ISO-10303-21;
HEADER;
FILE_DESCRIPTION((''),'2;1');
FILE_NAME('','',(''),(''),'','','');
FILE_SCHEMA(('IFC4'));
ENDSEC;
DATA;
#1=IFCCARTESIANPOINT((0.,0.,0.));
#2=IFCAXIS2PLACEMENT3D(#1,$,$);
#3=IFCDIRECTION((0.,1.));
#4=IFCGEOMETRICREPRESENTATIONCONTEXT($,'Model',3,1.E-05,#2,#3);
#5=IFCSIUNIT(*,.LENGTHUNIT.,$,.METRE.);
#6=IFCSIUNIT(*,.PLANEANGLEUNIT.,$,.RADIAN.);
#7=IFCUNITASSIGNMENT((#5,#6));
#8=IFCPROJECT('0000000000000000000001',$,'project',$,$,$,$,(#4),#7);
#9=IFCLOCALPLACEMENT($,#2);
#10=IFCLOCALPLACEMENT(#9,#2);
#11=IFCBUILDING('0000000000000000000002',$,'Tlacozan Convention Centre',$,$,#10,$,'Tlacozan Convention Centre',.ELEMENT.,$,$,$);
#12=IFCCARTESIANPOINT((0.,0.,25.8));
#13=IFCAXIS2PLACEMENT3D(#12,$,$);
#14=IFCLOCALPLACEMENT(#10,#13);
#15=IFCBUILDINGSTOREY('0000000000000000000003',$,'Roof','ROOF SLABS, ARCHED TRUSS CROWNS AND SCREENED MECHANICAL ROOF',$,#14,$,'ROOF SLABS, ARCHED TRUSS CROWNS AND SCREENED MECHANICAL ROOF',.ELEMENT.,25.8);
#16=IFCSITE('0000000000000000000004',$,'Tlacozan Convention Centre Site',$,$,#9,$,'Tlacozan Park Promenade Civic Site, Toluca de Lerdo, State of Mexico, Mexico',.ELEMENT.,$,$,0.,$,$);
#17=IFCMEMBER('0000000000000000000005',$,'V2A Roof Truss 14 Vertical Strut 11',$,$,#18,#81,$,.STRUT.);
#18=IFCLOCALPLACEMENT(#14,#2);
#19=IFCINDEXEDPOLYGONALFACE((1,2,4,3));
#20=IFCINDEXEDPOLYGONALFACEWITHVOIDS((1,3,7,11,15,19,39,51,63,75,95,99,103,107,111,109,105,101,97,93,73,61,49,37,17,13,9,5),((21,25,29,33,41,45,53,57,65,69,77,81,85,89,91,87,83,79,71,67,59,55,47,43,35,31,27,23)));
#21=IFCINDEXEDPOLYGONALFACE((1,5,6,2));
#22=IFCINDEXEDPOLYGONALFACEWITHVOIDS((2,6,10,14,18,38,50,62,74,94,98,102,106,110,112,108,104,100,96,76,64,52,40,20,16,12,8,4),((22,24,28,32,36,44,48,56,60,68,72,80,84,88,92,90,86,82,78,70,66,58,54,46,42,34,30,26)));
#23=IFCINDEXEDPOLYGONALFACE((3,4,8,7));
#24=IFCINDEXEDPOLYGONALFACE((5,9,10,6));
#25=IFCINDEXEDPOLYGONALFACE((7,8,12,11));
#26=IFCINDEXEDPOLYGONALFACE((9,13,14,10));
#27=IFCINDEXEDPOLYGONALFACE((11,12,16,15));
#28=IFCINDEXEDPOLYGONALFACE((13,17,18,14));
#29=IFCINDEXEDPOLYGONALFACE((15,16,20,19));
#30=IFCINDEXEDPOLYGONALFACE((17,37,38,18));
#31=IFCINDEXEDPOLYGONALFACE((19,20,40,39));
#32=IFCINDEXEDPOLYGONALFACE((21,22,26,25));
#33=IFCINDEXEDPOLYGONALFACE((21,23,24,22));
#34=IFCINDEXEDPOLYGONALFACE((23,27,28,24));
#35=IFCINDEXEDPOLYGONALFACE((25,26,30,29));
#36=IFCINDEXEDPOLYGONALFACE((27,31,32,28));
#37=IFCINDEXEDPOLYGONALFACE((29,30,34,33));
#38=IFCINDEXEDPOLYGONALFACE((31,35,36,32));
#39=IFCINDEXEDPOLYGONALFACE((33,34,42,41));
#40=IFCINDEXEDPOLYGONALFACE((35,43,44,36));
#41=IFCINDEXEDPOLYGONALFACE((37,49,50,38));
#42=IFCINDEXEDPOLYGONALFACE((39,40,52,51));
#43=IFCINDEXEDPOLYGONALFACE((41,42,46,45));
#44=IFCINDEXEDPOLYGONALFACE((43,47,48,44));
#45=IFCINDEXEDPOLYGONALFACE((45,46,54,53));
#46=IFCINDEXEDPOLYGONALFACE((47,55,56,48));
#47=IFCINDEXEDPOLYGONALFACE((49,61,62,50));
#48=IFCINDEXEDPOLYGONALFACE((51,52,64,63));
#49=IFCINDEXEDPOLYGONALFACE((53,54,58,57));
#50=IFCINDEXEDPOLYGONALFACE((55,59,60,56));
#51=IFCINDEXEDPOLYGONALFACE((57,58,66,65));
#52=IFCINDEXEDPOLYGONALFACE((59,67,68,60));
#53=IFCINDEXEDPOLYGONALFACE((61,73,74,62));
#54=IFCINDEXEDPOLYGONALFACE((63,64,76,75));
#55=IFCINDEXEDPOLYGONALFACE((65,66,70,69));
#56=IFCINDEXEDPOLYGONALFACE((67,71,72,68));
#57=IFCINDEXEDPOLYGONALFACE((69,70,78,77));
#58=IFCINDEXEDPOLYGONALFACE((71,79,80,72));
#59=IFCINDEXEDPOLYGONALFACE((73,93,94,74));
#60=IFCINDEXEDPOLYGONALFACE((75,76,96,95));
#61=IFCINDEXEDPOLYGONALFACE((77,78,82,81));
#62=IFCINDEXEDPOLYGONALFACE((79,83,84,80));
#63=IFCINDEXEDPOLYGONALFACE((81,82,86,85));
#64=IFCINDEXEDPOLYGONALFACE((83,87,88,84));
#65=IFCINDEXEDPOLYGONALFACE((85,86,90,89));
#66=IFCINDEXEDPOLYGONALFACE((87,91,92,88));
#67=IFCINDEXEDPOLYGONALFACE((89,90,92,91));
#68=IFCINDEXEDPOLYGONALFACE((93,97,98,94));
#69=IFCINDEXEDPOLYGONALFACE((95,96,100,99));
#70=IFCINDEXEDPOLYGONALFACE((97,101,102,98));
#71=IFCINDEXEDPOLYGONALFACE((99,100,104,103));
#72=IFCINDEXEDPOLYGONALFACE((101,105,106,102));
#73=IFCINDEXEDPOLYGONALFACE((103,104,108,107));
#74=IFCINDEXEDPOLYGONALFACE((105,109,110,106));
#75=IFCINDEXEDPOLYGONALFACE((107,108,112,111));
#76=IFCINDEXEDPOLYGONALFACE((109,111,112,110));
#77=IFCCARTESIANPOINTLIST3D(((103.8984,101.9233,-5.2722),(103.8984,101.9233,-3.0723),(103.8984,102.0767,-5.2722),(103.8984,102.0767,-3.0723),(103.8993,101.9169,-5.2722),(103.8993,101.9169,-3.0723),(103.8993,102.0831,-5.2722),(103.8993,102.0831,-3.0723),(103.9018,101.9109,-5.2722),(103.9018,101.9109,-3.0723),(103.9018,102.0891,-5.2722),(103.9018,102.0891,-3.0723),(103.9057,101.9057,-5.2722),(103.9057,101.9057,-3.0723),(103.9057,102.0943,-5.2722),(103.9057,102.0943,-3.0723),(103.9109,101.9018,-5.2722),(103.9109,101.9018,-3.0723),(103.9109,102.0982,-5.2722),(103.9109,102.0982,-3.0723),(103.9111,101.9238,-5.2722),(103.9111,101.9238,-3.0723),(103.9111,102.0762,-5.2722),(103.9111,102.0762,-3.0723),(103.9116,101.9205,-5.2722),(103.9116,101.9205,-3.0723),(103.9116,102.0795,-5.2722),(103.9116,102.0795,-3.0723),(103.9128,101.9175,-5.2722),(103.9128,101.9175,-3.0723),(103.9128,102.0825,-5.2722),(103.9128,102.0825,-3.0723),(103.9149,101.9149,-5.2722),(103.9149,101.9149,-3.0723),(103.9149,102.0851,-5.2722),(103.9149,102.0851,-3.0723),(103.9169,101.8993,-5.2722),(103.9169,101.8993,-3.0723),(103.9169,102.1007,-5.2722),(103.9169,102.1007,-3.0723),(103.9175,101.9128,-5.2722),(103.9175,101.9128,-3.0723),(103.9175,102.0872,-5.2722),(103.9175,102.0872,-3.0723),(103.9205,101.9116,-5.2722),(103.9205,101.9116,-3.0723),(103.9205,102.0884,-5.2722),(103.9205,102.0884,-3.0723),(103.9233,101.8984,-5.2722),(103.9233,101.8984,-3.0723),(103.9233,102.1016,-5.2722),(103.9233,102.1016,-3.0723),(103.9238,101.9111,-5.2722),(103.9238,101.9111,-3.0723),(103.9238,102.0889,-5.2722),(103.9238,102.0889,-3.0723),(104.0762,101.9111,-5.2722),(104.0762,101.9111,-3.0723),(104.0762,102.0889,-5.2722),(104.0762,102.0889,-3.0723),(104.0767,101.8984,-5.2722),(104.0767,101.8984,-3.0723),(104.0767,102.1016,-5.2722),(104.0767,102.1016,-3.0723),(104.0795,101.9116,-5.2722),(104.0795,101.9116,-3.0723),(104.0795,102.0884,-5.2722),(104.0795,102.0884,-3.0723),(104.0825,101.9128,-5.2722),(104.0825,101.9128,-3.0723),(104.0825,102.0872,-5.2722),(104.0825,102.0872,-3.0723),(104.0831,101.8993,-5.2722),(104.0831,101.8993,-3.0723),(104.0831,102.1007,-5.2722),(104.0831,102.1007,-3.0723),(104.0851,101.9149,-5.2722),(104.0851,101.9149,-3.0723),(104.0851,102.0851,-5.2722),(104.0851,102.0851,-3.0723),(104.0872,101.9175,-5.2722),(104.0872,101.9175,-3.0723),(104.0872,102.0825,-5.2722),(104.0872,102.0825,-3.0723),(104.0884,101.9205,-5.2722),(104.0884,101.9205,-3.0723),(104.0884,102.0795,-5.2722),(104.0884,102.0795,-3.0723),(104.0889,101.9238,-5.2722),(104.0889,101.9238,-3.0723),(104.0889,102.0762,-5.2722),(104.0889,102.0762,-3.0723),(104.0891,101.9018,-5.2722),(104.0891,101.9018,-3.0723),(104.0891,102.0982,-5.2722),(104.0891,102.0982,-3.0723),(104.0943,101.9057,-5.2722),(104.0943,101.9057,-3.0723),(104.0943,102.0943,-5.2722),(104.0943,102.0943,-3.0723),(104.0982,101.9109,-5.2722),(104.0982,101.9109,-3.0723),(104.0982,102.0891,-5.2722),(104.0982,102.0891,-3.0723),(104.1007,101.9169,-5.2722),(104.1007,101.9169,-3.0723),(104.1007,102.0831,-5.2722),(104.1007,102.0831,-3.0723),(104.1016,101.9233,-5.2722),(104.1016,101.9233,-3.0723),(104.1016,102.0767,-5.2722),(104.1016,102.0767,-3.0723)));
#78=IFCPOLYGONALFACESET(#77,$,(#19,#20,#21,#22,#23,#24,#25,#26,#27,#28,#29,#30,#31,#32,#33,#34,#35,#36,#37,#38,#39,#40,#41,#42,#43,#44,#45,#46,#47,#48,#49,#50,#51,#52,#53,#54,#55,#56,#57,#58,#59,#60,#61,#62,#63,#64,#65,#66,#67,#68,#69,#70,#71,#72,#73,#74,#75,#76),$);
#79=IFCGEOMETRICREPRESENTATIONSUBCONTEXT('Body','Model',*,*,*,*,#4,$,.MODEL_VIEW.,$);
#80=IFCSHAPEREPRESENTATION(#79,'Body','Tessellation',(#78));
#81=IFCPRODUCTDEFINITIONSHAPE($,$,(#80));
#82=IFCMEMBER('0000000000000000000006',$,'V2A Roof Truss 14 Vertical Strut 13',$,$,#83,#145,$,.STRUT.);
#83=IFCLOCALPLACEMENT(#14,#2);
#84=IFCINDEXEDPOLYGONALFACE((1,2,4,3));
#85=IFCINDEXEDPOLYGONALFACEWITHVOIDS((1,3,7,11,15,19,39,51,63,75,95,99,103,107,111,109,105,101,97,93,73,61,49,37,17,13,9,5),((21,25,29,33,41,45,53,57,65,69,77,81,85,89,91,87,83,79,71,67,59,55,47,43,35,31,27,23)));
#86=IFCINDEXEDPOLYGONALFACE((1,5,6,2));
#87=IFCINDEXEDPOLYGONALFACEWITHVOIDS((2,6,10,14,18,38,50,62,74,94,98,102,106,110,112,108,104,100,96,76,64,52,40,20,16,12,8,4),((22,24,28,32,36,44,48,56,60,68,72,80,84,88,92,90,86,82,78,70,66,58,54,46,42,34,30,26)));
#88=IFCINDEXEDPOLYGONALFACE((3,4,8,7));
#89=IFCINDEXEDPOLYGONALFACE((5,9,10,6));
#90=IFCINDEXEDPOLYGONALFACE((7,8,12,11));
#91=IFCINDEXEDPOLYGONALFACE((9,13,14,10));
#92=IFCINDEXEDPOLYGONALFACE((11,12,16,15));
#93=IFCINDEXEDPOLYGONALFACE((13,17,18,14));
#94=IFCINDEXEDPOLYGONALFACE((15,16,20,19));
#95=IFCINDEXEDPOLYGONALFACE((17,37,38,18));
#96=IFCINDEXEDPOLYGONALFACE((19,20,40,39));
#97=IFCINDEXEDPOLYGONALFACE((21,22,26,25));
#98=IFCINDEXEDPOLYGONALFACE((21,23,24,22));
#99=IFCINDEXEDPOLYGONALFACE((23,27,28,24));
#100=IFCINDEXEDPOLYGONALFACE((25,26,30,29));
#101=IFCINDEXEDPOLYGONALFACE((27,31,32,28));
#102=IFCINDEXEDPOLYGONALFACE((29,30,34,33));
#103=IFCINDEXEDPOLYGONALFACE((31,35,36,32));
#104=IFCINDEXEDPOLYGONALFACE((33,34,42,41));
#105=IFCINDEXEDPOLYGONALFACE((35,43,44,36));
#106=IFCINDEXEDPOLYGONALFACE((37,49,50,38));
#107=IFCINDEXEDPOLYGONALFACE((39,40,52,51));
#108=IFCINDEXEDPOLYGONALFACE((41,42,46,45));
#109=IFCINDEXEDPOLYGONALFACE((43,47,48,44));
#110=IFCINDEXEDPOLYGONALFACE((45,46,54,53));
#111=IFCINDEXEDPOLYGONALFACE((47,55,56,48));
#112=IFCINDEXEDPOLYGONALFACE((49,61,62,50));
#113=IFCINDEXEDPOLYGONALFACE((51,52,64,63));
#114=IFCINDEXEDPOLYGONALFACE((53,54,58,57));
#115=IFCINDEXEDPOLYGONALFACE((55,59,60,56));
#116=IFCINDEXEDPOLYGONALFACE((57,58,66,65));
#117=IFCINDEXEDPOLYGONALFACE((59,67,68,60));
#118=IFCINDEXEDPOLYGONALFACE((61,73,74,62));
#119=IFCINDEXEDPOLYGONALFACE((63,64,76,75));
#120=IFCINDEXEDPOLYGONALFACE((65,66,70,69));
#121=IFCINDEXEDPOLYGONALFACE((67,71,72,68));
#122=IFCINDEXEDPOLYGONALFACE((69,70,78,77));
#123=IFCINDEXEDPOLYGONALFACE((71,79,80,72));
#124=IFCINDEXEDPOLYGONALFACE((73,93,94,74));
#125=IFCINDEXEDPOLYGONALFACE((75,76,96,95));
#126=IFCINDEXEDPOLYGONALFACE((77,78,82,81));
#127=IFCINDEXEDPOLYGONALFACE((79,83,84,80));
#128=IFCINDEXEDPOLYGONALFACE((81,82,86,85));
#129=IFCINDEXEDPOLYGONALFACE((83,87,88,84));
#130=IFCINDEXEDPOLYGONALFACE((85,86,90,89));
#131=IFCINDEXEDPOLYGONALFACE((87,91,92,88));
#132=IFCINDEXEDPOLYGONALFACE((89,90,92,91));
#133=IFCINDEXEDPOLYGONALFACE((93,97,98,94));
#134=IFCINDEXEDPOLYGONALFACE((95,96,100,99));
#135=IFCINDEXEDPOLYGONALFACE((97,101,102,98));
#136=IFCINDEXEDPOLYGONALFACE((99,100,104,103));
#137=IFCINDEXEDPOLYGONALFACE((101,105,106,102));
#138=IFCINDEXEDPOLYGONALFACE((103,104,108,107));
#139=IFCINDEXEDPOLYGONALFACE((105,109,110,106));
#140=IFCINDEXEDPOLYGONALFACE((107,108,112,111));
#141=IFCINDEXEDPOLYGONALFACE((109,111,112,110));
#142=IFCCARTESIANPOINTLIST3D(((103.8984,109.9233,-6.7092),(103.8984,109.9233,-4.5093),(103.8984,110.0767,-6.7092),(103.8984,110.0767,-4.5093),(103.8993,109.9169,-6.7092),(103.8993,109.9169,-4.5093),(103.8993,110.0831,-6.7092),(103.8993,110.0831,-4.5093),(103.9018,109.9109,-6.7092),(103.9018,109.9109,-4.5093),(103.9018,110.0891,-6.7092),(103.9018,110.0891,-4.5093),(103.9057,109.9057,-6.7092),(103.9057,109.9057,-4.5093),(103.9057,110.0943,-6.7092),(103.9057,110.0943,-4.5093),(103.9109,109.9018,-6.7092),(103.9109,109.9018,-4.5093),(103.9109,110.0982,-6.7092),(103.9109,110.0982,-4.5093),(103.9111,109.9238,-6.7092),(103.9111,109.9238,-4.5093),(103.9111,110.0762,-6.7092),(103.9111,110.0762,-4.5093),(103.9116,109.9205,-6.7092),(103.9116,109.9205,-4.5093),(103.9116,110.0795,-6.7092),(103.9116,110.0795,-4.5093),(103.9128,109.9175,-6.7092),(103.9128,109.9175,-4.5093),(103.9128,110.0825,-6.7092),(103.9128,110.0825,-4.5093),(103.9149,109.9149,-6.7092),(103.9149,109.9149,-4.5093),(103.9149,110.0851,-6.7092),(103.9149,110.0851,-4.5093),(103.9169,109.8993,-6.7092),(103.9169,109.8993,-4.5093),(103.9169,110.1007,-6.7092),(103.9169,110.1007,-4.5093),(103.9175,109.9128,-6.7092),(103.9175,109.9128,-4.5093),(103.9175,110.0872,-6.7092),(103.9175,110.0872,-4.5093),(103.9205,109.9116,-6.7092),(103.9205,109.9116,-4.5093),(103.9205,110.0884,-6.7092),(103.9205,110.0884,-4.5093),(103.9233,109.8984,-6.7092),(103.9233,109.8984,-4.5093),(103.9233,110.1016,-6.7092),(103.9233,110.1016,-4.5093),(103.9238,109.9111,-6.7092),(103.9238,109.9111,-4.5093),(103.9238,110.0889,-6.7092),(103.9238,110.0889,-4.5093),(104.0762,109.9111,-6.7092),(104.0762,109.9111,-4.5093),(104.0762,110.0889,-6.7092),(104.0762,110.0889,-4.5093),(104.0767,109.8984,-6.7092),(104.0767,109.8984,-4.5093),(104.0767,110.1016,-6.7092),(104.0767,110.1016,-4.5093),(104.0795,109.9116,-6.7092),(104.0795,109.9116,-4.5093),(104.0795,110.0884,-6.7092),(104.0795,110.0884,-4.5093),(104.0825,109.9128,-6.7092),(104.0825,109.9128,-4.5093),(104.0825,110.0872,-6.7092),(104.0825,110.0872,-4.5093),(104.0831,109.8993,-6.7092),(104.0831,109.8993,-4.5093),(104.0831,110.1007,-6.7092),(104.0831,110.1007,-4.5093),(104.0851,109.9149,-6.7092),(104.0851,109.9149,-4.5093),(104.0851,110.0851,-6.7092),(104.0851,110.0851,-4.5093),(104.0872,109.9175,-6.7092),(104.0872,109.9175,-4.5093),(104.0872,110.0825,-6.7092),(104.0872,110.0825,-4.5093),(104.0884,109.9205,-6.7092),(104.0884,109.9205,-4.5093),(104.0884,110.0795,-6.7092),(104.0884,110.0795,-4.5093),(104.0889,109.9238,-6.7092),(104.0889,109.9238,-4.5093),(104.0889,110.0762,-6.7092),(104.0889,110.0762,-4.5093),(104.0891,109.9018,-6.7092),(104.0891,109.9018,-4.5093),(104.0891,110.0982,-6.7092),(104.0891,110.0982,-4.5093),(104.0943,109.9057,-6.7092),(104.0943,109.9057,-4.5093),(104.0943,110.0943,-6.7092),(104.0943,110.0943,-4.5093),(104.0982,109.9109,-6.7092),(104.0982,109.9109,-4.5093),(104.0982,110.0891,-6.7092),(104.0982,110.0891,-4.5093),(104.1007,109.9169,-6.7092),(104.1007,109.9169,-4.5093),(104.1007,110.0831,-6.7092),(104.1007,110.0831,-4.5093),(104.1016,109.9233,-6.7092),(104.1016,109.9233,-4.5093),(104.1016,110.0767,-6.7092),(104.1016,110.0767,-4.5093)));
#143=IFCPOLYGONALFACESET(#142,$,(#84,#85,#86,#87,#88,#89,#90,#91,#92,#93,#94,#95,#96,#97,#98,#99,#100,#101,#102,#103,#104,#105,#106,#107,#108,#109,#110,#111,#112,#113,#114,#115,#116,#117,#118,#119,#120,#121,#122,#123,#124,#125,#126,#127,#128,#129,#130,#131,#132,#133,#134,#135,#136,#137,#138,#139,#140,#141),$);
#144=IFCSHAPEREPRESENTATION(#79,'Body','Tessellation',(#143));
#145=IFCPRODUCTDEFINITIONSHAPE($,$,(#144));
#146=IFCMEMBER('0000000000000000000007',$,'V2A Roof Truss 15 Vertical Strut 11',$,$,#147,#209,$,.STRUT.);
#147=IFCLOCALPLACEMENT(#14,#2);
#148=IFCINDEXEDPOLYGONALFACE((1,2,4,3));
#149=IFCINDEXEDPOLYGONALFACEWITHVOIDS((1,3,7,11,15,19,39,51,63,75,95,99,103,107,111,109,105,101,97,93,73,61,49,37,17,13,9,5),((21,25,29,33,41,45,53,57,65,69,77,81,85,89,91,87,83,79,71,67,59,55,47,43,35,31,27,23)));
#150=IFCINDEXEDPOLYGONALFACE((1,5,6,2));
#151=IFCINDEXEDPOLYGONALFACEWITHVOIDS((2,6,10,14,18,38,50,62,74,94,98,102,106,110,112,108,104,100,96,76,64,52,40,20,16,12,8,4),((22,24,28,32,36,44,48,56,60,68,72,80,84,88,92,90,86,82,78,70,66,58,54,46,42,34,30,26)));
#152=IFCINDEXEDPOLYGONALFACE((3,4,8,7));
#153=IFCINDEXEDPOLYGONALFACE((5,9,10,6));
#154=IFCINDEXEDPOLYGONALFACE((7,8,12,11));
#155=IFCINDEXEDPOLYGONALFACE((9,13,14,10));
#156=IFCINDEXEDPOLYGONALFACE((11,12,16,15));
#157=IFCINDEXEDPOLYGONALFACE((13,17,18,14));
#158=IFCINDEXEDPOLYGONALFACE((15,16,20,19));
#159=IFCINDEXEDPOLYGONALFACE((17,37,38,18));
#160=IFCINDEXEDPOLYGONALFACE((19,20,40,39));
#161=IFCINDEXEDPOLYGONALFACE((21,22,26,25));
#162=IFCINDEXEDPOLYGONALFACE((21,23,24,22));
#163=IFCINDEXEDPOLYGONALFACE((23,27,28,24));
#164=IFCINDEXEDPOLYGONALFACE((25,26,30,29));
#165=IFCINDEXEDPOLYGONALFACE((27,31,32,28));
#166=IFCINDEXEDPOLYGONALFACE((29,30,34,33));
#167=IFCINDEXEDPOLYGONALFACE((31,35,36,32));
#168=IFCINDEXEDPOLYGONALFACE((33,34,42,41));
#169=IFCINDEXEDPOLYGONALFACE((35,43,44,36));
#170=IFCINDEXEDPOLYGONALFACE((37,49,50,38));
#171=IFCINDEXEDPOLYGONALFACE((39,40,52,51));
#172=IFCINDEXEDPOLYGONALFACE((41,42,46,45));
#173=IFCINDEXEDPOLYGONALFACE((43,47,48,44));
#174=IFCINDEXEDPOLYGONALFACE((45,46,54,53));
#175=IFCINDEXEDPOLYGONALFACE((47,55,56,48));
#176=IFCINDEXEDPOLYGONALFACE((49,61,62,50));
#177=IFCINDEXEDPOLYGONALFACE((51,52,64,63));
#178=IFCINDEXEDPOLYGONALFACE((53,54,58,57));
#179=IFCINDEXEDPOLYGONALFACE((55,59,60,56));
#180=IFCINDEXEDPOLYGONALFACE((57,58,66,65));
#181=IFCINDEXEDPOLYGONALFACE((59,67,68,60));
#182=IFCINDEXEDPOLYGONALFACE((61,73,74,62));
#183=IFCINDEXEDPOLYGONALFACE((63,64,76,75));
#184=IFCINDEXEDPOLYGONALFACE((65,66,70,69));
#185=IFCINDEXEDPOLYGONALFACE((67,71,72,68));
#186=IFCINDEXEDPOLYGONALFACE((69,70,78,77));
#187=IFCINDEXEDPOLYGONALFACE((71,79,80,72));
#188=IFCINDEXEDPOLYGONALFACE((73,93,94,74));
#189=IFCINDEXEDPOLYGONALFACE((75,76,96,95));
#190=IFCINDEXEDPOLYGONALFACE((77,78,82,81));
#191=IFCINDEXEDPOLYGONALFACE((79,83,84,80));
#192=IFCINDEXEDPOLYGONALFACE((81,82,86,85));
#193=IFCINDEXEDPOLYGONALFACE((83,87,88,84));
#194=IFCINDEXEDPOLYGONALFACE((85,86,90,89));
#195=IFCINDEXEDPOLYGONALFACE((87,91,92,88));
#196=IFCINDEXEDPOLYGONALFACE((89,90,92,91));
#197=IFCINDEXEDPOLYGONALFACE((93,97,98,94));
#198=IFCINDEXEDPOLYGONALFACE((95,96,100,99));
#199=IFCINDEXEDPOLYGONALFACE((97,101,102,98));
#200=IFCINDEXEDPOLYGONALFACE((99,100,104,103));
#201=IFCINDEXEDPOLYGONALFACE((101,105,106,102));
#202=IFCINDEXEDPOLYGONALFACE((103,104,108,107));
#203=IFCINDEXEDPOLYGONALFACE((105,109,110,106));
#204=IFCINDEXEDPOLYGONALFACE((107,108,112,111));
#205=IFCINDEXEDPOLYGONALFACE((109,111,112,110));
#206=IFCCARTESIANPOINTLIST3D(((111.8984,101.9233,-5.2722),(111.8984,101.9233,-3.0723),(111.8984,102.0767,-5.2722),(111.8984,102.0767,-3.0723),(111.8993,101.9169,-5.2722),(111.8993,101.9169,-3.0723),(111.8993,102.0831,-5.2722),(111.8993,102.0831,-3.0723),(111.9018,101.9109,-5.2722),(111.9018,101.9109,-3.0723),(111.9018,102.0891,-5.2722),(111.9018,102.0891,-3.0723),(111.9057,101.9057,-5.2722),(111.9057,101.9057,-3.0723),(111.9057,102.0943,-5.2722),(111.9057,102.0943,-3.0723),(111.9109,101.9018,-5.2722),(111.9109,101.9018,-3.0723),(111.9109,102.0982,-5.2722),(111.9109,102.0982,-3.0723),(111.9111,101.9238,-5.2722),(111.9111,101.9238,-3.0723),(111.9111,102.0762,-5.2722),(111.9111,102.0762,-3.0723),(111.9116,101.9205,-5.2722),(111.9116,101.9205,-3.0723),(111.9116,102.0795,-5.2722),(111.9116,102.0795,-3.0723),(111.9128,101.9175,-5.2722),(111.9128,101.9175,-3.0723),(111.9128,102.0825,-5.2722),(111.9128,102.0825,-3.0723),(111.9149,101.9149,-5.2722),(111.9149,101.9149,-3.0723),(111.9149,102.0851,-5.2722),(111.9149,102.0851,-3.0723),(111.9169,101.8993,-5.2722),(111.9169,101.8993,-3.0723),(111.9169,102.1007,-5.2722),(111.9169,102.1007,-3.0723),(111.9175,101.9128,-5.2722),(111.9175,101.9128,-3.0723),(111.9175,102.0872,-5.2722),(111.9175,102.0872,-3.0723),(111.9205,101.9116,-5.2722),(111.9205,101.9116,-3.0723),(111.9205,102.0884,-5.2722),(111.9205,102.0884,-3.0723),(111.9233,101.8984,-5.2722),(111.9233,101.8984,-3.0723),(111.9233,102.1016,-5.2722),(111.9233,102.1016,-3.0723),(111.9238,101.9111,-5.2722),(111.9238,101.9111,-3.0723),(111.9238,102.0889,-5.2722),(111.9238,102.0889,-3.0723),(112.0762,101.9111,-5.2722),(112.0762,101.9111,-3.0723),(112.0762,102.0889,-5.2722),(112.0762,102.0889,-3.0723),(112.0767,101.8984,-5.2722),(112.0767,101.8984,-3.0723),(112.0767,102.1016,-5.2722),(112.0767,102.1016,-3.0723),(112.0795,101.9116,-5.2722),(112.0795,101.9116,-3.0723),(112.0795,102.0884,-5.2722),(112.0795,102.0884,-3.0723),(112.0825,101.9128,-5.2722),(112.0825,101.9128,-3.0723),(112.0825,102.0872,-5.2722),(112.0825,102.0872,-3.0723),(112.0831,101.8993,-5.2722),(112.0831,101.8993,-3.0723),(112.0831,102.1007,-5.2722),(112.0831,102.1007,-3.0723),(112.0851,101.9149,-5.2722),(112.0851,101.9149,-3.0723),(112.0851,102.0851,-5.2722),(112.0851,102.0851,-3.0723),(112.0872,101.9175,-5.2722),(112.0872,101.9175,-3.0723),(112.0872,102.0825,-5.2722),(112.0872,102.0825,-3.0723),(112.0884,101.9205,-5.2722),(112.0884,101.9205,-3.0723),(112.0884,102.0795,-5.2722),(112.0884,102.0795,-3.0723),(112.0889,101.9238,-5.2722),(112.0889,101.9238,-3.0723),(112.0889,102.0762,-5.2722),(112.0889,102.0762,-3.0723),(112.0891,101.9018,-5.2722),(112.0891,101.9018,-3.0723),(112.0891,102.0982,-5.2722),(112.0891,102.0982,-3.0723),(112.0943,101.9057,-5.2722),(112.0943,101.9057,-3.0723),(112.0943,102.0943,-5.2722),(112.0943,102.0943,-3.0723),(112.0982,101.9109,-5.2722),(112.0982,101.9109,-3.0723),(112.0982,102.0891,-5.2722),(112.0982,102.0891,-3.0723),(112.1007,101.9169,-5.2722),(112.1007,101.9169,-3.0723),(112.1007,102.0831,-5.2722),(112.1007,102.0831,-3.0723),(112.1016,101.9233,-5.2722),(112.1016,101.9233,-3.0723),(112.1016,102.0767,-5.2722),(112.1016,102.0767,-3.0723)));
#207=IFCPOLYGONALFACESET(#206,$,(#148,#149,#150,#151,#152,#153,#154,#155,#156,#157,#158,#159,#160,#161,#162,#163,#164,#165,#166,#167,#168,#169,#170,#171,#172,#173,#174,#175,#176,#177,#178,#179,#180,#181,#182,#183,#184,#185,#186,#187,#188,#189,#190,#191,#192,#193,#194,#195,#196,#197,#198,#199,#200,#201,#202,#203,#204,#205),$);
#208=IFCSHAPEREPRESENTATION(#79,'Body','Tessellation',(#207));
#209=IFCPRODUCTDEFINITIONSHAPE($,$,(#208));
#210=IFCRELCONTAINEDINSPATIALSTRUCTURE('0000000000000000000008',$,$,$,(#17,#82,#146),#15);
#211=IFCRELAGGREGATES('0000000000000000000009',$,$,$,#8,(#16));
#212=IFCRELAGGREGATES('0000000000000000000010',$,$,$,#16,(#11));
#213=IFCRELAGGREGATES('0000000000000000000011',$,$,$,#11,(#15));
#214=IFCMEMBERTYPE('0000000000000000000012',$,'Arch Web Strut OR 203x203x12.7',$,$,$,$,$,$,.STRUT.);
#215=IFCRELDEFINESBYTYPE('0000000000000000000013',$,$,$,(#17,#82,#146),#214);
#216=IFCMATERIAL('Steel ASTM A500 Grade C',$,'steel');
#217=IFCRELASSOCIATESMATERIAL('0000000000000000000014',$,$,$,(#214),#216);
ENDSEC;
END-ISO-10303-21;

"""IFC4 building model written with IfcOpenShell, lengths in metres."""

from ifc_helpers import new_model, si_unit, direction, frame, origin, origin_2d, place, context, subcontext, project, spatial, hollow_rectangle, extrude, material, material_profile, profile_set, type_object, element, save


model = new_model("IFC4")

# Units and contexts
model_context = context("Model", 3, precision=1e-05, world=origin(), true_north=direction((0.0, 1.0)))
body_context = subcontext(model_context, "Body", "Model", "MODEL_VIEW")
ifc_project = project(units=[si_unit("LENGTHUNIT", "METRE"), si_unit("PLANEANGLEUNIT", "RADIAN")], contexts=[model_context])

# Site, building, storey
site_placement = place(None, origin())
site = spatial("IfcSite", under=ifc_project, at=site_placement, Name="Tlacozan Convention Centre Site", LongName="Tlacozan Park Promenade Civic Site, Toluca de Lerdo, State of Mexico, Mexico", CompositionType="ELEMENT", RefElevation=0.0)
building_placement = place(site_placement, origin())
building = spatial("IfcBuilding", under=site, at=building_placement, Name="Tlacozan Convention Centre", LongName="Tlacozan Convention Centre", CompositionType="ELEMENT")
storey_placement = place(building_placement, frame((0.0, 0.0, 25.8)))
storey = spatial("IfcBuildingStorey", under=building, at=storey_placement, Name="Roof", Description="ROOF SLABS, ARCHED TRUSS CROWNS AND SCREENED MECHANICAL ROOF", LongName="ROOF SLABS, ARCHED TRUSS CROWNS AND SCREENED MECHANICAL ROOF", CompositionType="ELEMENT", Elevation=25.8)

# Members
ifc_material_1 = material(Name="Steel ASTM A500 Grade C", Category="steel")
ifc_material_profile_1 = material_profile(ifc_material_1, hollow_rectangle(XDim=0.2031, YDim=0.2031, WallThickness=0.0127, InnerFilletRadius=0.0127, OuterFilletRadius=0.0249, at=origin_2d()), Name="OR 203x203x12.7")
ifc_profile_set_1 = profile_set([ifc_material_profile_1], Name="Steel ASTM A500 Grade C")
member_type_1 = type_object("IfcMemberType", Name="Arch Web Strut OR 203x203x12.7", PredefinedType="STRUT", material=ifc_profile_set_1)
for number, where, z_axis, x_axis, name in (
    (1, (104.0, 102.0, -5.2722), (0.0, 0.0, 1.0), (1.0, 0.0, 0.0), "V2A Roof Truss 14 Vertical Strut 11"),
    (2, (104.0, 110.0, -6.7092), (0.0, 0.0, 1.0), (1.0, 0.0, 0.0), "V2A Roof Truss 14 Vertical Strut 13"),
    (3, (112.0, 102.0, -5.2722), (0.0, 0.0, 1.0), (1.0, 0.0, 0.0), "V2A Roof Truss 15 Vertical Strut 11"),
):
    element("IfcMember", number, at=place(storey_placement, frame(where, z_axis=z_axis, x_axis=x_axis)), inside=storey, type_object=member_type_1, Name=name, PredefinedType="STRUT", context=body_context, shape_type="SweptSolid", body=[
        extrude(hollow_rectangle(XDim=0.2031, YDim=0.2031, WallThickness=0.0127, InnerFilletRadius=0.0127, OuterFilletRadius=0.0249, at=origin_2d()), origin(), (0.0, 0.0, 1.0), 2.2),
    ])

save(model, "model.ifc")
